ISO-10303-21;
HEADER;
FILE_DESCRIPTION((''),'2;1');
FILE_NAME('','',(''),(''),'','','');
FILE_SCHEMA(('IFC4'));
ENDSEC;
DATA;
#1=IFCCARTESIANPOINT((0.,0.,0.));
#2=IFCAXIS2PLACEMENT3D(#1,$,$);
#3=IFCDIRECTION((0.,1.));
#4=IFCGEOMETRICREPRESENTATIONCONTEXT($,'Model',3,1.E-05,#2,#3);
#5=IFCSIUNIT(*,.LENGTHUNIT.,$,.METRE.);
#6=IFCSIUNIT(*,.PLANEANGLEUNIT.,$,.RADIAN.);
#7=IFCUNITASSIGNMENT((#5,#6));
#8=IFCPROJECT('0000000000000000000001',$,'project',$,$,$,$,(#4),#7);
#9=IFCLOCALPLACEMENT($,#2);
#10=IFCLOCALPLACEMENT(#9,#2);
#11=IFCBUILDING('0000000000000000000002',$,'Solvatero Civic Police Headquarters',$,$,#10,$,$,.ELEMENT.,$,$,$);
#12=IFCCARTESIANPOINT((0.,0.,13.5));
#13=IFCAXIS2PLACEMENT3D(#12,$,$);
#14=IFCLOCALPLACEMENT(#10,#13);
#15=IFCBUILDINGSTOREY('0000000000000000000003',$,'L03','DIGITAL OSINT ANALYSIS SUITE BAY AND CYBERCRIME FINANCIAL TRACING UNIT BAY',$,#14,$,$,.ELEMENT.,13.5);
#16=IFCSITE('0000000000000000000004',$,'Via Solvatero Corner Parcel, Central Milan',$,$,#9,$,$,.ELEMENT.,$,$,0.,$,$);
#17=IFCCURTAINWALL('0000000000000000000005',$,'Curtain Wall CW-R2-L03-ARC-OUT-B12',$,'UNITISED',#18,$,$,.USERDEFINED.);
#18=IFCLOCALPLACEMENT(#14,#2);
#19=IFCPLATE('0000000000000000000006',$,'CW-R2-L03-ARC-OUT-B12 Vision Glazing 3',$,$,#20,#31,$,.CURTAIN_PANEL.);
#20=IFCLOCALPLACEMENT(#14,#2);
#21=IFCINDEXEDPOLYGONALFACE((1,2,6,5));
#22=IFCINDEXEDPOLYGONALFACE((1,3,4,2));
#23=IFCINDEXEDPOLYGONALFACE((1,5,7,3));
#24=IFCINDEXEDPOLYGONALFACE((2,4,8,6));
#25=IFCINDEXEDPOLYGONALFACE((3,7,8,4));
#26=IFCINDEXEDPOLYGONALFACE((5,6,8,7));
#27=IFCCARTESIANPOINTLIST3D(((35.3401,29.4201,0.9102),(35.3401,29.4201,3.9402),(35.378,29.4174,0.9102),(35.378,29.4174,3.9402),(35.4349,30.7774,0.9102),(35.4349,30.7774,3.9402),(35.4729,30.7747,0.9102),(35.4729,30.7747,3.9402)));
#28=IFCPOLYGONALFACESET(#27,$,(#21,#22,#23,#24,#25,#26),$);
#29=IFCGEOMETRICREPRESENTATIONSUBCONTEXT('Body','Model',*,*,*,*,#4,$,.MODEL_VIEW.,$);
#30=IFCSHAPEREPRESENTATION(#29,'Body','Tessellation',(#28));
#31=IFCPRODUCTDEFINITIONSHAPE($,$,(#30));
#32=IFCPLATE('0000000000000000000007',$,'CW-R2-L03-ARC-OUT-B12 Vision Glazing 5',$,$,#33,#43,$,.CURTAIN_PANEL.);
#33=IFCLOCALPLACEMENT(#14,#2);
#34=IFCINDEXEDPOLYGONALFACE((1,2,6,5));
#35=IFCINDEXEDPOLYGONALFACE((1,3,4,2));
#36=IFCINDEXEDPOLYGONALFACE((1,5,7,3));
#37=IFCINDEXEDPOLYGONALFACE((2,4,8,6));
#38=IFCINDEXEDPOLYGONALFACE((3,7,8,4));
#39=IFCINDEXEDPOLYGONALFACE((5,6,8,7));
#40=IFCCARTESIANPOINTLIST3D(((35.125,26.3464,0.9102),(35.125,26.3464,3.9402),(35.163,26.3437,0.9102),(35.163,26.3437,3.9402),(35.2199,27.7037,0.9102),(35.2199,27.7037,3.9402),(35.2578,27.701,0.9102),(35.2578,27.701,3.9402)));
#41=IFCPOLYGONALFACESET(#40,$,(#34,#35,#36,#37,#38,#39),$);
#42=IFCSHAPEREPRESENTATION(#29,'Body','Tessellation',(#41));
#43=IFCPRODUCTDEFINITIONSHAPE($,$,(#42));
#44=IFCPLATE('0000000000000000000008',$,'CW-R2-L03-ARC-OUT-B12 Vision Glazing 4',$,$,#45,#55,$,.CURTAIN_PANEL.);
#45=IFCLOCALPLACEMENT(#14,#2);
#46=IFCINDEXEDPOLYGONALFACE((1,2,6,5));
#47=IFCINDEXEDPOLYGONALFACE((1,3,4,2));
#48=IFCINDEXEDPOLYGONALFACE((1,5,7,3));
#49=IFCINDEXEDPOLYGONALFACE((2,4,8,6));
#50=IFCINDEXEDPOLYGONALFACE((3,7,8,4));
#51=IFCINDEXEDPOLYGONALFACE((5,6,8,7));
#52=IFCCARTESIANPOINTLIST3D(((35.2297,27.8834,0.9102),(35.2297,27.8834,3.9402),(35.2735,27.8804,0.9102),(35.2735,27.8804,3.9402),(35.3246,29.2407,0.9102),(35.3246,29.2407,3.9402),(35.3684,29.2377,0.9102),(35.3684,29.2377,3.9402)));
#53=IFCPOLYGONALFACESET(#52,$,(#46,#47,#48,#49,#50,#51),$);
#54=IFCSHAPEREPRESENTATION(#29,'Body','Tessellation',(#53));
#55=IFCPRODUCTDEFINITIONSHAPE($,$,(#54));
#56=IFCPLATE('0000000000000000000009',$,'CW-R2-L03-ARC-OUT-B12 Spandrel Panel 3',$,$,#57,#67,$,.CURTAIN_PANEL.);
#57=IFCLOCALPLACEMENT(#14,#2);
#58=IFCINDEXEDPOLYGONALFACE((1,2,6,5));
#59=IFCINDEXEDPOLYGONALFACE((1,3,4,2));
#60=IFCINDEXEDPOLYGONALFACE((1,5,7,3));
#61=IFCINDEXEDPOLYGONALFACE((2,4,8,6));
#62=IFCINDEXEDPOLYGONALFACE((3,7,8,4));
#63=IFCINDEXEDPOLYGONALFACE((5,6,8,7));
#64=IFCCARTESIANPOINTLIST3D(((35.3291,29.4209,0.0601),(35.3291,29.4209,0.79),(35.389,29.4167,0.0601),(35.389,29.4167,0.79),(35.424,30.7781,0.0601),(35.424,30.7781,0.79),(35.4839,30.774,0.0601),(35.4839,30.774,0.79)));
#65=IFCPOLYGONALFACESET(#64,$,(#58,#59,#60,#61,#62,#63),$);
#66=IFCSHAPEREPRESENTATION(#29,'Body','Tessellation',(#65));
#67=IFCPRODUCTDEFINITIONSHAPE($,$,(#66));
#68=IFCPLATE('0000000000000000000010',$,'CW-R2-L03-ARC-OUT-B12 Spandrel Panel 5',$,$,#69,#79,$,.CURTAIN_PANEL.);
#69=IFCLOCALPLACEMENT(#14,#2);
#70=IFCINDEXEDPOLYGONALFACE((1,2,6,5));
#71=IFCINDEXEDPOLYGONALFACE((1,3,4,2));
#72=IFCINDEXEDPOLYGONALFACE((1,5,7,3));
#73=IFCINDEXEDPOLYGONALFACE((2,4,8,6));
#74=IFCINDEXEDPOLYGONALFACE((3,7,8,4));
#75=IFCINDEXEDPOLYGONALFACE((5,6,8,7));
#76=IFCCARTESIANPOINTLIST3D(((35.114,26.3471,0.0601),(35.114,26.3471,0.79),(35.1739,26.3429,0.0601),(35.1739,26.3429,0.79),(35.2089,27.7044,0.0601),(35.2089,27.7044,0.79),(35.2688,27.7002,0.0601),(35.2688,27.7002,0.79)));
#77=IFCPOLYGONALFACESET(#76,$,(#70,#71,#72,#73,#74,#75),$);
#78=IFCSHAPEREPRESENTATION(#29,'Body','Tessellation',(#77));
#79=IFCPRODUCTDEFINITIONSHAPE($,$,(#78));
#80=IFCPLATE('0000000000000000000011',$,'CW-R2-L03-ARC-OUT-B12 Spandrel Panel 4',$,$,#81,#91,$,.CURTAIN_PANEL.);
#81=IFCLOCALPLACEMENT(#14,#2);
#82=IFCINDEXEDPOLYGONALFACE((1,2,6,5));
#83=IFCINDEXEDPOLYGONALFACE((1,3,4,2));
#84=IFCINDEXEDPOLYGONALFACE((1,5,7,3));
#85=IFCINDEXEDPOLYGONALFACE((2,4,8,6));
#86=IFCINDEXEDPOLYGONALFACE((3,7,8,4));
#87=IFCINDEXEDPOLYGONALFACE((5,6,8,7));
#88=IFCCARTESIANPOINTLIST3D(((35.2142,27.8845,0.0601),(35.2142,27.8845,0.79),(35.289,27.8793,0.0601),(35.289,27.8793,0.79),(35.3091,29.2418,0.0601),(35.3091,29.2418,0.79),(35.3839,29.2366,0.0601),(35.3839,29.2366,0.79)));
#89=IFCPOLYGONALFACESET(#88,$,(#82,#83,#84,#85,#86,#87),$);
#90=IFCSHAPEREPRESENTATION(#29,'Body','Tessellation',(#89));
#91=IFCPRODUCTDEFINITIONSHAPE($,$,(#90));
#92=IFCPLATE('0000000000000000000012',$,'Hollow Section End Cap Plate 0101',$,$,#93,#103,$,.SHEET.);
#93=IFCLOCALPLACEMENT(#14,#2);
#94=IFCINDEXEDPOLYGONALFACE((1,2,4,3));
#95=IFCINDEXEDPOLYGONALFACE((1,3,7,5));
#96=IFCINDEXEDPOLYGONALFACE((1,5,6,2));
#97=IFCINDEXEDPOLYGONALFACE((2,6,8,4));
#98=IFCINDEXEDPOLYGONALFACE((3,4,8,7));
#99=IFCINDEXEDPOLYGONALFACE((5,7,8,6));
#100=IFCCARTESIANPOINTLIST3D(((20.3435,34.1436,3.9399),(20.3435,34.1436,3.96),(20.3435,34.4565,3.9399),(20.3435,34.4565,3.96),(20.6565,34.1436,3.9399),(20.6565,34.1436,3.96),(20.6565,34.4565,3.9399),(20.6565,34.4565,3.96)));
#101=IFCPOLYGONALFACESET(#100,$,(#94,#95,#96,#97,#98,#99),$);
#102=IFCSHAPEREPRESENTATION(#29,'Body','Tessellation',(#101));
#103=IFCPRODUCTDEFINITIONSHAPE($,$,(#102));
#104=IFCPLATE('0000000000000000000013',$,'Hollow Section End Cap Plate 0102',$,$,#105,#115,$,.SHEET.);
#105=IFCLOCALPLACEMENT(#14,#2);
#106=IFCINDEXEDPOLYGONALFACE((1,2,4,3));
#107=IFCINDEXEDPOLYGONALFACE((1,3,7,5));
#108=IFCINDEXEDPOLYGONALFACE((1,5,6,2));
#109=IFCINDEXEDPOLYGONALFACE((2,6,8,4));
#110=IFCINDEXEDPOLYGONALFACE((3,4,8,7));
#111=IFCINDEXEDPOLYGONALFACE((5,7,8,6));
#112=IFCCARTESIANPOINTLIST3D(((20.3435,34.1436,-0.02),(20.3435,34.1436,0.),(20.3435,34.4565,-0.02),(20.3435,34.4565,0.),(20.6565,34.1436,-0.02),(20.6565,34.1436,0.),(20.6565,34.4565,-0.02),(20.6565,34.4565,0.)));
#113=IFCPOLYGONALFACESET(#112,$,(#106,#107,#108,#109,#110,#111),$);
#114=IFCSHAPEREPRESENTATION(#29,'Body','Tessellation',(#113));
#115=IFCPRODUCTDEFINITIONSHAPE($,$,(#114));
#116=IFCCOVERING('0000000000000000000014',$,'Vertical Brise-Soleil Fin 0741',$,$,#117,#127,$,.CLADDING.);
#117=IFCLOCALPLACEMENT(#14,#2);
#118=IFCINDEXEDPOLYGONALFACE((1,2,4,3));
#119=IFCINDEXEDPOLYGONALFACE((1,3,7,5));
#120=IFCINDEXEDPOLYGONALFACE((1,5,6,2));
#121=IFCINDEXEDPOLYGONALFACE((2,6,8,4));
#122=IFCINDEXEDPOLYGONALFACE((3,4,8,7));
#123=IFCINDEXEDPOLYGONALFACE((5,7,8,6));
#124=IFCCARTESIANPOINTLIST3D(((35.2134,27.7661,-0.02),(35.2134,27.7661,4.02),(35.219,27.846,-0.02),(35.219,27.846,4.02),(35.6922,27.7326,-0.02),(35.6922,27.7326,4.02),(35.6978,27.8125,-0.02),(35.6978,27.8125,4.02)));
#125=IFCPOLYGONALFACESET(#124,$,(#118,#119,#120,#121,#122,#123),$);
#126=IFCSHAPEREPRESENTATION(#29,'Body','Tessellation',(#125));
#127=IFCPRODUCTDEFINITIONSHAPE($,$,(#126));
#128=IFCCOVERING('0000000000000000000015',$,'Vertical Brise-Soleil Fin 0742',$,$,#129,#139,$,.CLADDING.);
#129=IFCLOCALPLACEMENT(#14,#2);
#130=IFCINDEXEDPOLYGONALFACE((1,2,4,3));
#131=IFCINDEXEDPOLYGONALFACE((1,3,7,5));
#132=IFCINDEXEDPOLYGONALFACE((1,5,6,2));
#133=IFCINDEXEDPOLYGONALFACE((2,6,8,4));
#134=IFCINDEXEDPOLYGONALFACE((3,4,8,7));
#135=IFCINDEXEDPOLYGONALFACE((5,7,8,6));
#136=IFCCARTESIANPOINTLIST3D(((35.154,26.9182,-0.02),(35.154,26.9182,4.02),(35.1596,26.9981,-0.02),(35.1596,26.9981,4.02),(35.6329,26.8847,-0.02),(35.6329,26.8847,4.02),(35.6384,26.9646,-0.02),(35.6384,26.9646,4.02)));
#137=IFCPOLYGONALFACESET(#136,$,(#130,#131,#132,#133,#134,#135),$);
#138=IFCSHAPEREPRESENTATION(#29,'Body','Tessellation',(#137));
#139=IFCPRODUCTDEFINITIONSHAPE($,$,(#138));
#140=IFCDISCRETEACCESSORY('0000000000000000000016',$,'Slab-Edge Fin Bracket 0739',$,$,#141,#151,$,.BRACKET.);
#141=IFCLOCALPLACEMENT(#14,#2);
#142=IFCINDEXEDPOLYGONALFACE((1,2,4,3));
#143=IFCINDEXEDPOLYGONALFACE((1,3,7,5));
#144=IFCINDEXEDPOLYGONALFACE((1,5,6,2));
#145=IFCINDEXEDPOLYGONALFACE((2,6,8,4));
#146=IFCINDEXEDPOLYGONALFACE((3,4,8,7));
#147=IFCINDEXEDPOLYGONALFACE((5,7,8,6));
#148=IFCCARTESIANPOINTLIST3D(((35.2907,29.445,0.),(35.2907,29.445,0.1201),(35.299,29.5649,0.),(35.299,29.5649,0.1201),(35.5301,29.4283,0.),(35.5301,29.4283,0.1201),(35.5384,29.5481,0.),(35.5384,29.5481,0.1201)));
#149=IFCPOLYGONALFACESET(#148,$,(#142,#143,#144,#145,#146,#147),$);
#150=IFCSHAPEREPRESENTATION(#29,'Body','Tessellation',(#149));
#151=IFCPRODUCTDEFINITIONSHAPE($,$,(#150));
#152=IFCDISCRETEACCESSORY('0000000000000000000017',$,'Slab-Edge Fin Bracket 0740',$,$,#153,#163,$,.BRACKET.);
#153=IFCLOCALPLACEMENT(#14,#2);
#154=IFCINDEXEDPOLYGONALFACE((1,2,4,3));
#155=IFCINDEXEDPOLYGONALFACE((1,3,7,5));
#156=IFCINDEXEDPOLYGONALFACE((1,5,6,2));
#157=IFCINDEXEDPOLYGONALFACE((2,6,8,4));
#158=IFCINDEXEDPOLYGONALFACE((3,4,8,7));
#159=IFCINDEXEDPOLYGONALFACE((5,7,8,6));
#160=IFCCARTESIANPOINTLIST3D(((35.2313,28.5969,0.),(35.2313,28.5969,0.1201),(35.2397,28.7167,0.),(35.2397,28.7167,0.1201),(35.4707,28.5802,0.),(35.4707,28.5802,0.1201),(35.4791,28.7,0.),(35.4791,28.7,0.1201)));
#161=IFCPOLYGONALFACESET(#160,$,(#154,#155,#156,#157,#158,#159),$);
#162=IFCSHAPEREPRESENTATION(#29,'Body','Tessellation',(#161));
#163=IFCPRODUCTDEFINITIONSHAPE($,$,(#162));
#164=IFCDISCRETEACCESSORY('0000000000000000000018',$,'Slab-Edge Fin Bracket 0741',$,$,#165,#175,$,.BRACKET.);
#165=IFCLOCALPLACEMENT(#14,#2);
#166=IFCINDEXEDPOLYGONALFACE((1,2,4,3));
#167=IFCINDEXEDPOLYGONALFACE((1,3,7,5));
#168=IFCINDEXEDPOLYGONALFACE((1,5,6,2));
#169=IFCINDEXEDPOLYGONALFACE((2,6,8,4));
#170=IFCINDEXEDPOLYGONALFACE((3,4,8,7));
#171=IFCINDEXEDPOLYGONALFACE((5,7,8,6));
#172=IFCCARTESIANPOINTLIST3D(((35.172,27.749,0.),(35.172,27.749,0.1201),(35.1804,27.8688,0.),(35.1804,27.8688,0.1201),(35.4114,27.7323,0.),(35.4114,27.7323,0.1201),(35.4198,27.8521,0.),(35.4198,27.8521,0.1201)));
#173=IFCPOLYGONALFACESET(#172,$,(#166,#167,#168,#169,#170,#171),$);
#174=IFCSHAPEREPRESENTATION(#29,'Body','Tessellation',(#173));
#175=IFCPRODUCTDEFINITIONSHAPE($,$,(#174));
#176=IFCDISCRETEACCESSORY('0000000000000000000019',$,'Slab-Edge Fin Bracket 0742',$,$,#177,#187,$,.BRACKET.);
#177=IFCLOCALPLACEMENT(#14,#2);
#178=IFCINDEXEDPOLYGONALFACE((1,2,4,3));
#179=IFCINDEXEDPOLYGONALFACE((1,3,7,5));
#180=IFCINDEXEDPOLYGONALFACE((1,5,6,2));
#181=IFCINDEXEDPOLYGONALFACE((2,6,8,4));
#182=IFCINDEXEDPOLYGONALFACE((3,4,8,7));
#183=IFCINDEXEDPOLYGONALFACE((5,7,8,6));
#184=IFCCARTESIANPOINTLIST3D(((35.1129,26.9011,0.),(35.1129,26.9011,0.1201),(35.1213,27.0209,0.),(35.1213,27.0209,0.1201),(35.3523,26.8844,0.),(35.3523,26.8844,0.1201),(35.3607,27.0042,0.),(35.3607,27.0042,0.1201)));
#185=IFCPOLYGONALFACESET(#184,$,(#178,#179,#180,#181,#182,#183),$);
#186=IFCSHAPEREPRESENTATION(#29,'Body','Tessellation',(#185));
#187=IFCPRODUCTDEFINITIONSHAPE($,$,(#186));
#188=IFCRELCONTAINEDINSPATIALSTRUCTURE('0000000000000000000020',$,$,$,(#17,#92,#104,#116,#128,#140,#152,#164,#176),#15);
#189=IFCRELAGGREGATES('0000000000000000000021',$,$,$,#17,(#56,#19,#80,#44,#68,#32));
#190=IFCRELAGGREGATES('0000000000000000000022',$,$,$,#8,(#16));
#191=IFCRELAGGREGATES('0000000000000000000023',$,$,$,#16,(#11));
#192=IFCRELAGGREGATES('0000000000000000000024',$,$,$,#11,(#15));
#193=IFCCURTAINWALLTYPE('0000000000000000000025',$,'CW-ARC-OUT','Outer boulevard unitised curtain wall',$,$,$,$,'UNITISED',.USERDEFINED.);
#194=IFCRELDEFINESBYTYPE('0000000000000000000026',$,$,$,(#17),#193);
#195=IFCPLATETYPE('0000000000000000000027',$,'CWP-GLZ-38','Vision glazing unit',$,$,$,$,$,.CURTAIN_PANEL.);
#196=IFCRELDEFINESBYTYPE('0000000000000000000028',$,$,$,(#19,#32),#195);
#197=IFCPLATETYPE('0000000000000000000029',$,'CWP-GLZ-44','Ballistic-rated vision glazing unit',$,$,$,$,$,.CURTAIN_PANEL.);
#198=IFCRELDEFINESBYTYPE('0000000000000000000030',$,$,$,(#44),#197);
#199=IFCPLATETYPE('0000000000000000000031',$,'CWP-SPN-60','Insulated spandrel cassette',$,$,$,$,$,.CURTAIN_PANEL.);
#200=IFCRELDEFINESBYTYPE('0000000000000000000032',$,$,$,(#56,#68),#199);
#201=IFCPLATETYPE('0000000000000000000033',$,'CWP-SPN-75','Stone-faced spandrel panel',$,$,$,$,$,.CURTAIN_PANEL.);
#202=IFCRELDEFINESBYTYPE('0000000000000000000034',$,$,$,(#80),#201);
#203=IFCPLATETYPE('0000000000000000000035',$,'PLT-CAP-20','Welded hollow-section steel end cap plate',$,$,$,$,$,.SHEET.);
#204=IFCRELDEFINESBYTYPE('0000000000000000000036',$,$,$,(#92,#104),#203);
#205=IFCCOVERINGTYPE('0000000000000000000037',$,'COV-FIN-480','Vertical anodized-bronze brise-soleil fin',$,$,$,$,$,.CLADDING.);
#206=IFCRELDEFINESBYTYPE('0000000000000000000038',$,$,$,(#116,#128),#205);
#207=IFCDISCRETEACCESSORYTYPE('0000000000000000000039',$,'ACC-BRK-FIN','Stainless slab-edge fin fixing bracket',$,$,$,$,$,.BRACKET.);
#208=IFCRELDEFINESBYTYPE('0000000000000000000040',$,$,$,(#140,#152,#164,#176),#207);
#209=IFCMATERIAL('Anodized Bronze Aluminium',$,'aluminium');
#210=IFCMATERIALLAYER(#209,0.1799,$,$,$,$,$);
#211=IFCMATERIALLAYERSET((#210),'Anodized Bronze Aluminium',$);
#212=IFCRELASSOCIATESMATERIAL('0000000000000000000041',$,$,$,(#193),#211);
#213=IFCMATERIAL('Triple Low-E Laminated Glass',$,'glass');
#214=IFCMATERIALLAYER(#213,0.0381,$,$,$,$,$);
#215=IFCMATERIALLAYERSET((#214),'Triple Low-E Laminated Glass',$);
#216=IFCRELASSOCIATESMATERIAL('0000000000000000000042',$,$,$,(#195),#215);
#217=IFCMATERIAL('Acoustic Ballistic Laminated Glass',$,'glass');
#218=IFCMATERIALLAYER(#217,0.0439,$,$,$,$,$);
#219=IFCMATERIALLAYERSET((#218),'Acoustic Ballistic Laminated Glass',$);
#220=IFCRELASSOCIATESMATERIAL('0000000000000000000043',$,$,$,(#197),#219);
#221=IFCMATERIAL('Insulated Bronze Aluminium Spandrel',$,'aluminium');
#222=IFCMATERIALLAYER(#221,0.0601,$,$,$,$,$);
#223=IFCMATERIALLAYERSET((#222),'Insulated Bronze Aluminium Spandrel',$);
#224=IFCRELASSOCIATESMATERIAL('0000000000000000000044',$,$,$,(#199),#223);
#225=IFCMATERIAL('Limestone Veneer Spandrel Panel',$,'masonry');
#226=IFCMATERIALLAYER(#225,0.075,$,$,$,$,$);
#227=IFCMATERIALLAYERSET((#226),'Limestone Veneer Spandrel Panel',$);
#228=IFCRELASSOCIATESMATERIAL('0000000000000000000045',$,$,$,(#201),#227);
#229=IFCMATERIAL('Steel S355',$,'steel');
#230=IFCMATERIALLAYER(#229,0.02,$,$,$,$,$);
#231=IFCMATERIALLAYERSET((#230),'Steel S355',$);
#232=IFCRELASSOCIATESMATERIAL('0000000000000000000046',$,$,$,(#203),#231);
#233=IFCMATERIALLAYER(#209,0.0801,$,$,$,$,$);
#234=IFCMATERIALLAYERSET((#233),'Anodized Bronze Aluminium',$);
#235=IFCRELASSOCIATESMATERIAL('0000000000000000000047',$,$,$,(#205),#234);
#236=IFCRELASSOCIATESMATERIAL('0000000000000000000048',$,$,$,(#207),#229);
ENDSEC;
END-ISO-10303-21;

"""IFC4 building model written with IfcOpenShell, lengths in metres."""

from ifc_helpers import new_model, si_unit, direction, frame, origin, origin_2d, place, context, subcontext, project, spatial, rectangle, extrude, material, layer, layer_set, type_object, element, aggregate, save


model = new_model("IFC4")

# Units and contexts
model_context = context("Model", 3, precision=1e-05, world=origin(), true_north=direction((0.0, 1.0)))
body_context = subcontext(model_context, "Body", "Model", "MODEL_VIEW")
ifc_project = project(units=[si_unit("LENGTHUNIT", "METRE"), si_unit("PLANEANGLEUNIT", "RADIAN")], contexts=[model_context])

# Site, building, storey
site_placement = place(None, origin())
site = spatial("IfcSite", under=ifc_project, at=site_placement, Name="Via Solvatero Corner Parcel, Central Milan", CompositionType="ELEMENT", RefElevation=0.0)
building_placement = place(site_placement, origin())
building = spatial("IfcBuilding", under=site, at=building_placement, Name="Solvatero Civic Police Headquarters", CompositionType="ELEMENT")
storey_placement = place(building_placement, frame((0.0, 0.0, 13.5)))
storey = spatial("IfcBuildingStorey", under=building, at=storey_placement, Name="L03", Description="DIGITAL OSINT ANALYSIS SUITE BAY AND CYBERCRIME FINANCIAL TRACING UNIT BAY", CompositionType="ELEMENT", Elevation=13.5)

# Shared definitions
ifc_material_1 = material(Name="Steel S355", Category="steel")

# Curtain wall, plates
ifc_material_2 = material(Name="Anodized Bronze Aluminium", Category="aluminium")
ifc_layer_1 = layer(ifc_material_2, 0.1799)
ifc_layer_set_1 = layer_set([ifc_layer_1], Name="Anodized Bronze Aluminium")
curtain_wall_type = type_object("IfcCurtainWallType", Name="CW-ARC-OUT", Description="Outer boulevard unitised curtain wall", ElementType="UNITISED", PredefinedType="USERDEFINED", material=ifc_layer_set_1)
curtain_wall_placement = place(storey_placement, origin())
curtain_wall = element("IfcCurtainWall", 1, at=curtain_wall_placement, inside=storey, type_object=curtain_wall_type, Name="Curtain Wall CW-R2-L03-ARC-OUT-B12", ObjectType="UNITISED", PredefinedType="USERDEFINED")
ifc_material_3 = material(Name="Triple Low-E Laminated Glass", Category="glass")
ifc_layer_2 = layer(ifc_material_3, 0.0381)
ifc_layer_set_2 = layer_set([ifc_layer_2], Name="Triple Low-E Laminated Glass")
plate_type_1 = type_object("IfcPlateType", Name="CWP-GLZ-38", Description="Vision glazing unit", PredefinedType="CURTAIN_PANEL", material=ifc_layer_set_2)
plate_1_placement = place(storey_placement, frame((35.4065, 30.0974, 0.9102), z_axis=(0.0, 0.0, 1.0), x_axis=(-0.069739, -0.997565, 0.0)))
plate_1 = element("IfcPlate", 2, at=plate_1_placement, type_object=plate_type_1, Name="CW-R2-L03-ARC-OUT-B12 Vision Glazing 3", PredefinedType="CURTAIN_PANEL", context=body_context, shape_type="SweptSolid", body=[
    extrude(rectangle(XDim=1.3606, YDim=0.0381, at=origin_2d()), origin(), (0.0, 0.0, 1.0), 3.03),
])
plate_2_placement = place(storey_placement, frame((35.1914, 27.0237, 0.9102), z_axis=(0.0, 0.0, 1.0), x_axis=(-0.069739, -0.997565, 0.0)))
plate_2 = element("IfcPlate", 3, at=plate_2_placement, type_object=plate_type_1, Name="CW-R2-L03-ARC-OUT-B12 Vision Glazing 5", PredefinedType="CURTAIN_PANEL", context=body_context, shape_type="SweptSolid", body=[
    extrude(rectangle(XDim=1.3606, YDim=0.0381, at=origin_2d()), origin(), (0.0, 0.0, 1.0), 3.03),
])
ifc_material_4 = material(Name="Acoustic Ballistic Laminated Glass", Category="glass")
ifc_layer_3 = layer(ifc_material_4, 0.0439)
ifc_layer_set_3 = layer_set([ifc_layer_3], Name="Acoustic Ballistic Laminated Glass")
plate_type_2 = type_object("IfcPlateType", Name="CWP-GLZ-44", Description="Ballistic-rated vision glazing unit", PredefinedType="CURTAIN_PANEL", material=ifc_layer_set_3)
plate_3_placement = place(storey_placement, frame((35.2991, 28.5605, 0.9102), z_axis=(0.0, 0.0, 1.0), x_axis=(-0.069739, -0.997565, 0.0)))
plate_3 = element("IfcPlate", 4, at=plate_3_placement, type_object=plate_type_2, Name="CW-R2-L03-ARC-OUT-B12 Vision Glazing 4", PredefinedType="CURTAIN_PANEL", context=body_context, shape_type="SweptSolid", body=[
    extrude(rectangle(XDim=1.3606, YDim=0.0439, at=origin_2d()), origin(), (0.0, 0.0, 1.0), 3.03),
])
ifc_material_5 = material(Name="Insulated Bronze Aluminium Spandrel", Category="aluminium")
ifc_layer_4 = layer(ifc_material_5, 0.0601)
ifc_layer_set_4 = layer_set([ifc_layer_4], Name="Insulated Bronze Aluminium Spandrel")
plate_type_3 = type_object("IfcPlateType", Name="CWP-SPN-60", Description="Insulated spandrel cassette", PredefinedType="CURTAIN_PANEL", material=ifc_layer_set_4)
plate_4_placement = place(storey_placement, frame((35.4065, 30.0974, 0.0601), z_axis=(0.0, 0.0, 1.0), x_axis=(-0.069739, -0.997565, 0.0)))
plate_4 = element("IfcPlate", 5, at=plate_4_placement, type_object=plate_type_3, Name="CW-R2-L03-ARC-OUT-B12 Spandrel Panel 3", PredefinedType="CURTAIN_PANEL", context=body_context, shape_type="SweptSolid", body=[
    extrude(rectangle(XDim=1.3606, YDim=0.0601, at=origin_2d()), origin(), (0.0, 0.0, 1.0), 0.73),
])
plate_5_placement = place(storey_placement, frame((35.1914, 27.0237, 0.0601), z_axis=(0.0, 0.0, 1.0), x_axis=(-0.069739, -0.997565, 0.0)))
plate_5 = element("IfcPlate", 6, at=plate_5_placement, type_object=plate_type_3, Name="CW-R2-L03-ARC-OUT-B12 Spandrel Panel 5", PredefinedType="CURTAIN_PANEL", context=body_context, shape_type="SweptSolid", body=[
    extrude(rectangle(XDim=1.3606, YDim=0.0601, at=origin_2d()), origin(), (0.0, 0.0, 1.0), 0.73),
])
ifc_material_6 = material(Name="Limestone Veneer Spandrel Panel", Category="masonry")
ifc_layer_5 = layer(ifc_material_6, 0.075)
ifc_layer_set_5 = layer_set([ifc_layer_5], Name="Limestone Veneer Spandrel Panel")
plate_type_4 = type_object("IfcPlateType", Name="CWP-SPN-75", Description="Stone-faced spandrel panel", PredefinedType="CURTAIN_PANEL", material=ifc_layer_set_5)
plate_6_placement = place(storey_placement, frame((35.2991, 28.5605, 0.0601), z_axis=(0.0, 0.0, 1.0), x_axis=(-0.069739, -0.997565, 0.0)))
plate_6 = element("IfcPlate", 7, at=plate_6_placement, type_object=plate_type_4, Name="CW-R2-L03-ARC-OUT-B12 Spandrel Panel 4", PredefinedType="CURTAIN_PANEL", context=body_context, shape_type="SweptSolid", body=[
    extrude(rectangle(XDim=1.3606, YDim=0.075, at=origin_2d()), origin(), (0.0, 0.0, 1.0), 0.73),
])
aggregate(curtain_wall, [plate_4, plate_1, plate_6, plate_3, plate_5, plate_2])

# Plates
ifc_layer_6 = layer(ifc_material_1, 0.02)
ifc_layer_set_6 = layer_set([ifc_layer_6], Name="Steel S355")
plate_type_5 = type_object("IfcPlateType", Name="PLT-CAP-20", Description="Welded hollow-section steel end cap plate", PredefinedType="SHEET", material=ifc_layer_set_6)
for number, where, z_axis, x_axis, name in (
    (8, (20.5, 34.3, 3.9399), (0.0, 0.0, 1.0), (1.0, 0.0, 0.0), "Hollow Section End Cap Plate 0101"),
    (9, (20.5, 34.3, -0.02), (0.0, 0.0, 1.0), (1.0, 0.0, 0.0), "Hollow Section End Cap Plate 0102"),
):
    element("IfcPlate", number, at=place(storey_placement, frame(where, z_axis=z_axis, x_axis=x_axis)), inside=storey, type_object=plate_type_5, Name=name, PredefinedType="SHEET", context=body_context, shape_type="SweptSolid", body=[
        extrude(rectangle(XDim=0.313, YDim=0.313, at=origin_2d()), origin(), (0.0, 0.0, 1.0), 0.02),
    ])

# Coverings
ifc_layer_7 = layer(ifc_material_2, 0.0801)
ifc_layer_set_7 = layer_set([ifc_layer_7], Name="Anodized Bronze Aluminium")
covering_type = type_object("IfcCoveringType", Name="COV-FIN-480", Description="Vertical anodized-bronze brise-soleil fin", PredefinedType="CLADDING", material=ifc_layer_set_7)
for number, where, z_axis, x_axis, name in (
    (10, (35.4556, 27.7893, -0.02), (0.0, 0.0, 1.0), (-0.069739, -0.997565, 0.0), "Vertical Brise-Soleil Fin 0741"),
    (11, (35.3962, 26.9414, -0.02), (0.0, 0.0, 1.0), (-0.069739, -0.997565, 0.0), "Vertical Brise-Soleil Fin 0742"),
):
    element("IfcCovering", number, at=place(storey_placement, frame(where, z_axis=z_axis, x_axis=x_axis)), inside=storey, type_object=covering_type, Name=name, PredefinedType="CLADDING", context=body_context, shape_type="SweptSolid", body=[
        extrude(rectangle(XDim=0.0801, YDim=0.48, at=origin_2d()), origin(), (0.0, 0.0, 1.0), 4.04),
    ])

# Discrete accessories
discrete_accessory_type = type_object("IfcDiscreteAccessoryType", Name="ACC-BRK-FIN", Description="Stainless slab-edge fin fixing bracket", PredefinedType="BRACKET", material=ifc_material_1)
for number, where, z_axis, x_axis, name in (
    (12, (35.4146, 29.4966, 0.0), (0.0, 0.0, 1.0), (-0.069739, -0.997565, 0.0), "Slab-Edge Fin Bracket 0739"),
    (13, (35.3552, 28.6484, 0.0), (0.0, 0.0, 1.0), (-0.069739, -0.997565, 0.0), "Slab-Edge Fin Bracket 0740"),
    (14, (35.2959, 27.8005, 0.0), (0.0, 0.0, 1.0), (-0.069739, -0.997565, 0.0), "Slab-Edge Fin Bracket 0741"),
    (15, (35.2368, 26.9526, 0.0), (0.0, 0.0, 1.0), (-0.069739, -0.997565, 0.0), "Slab-Edge Fin Bracket 0742"),
):
    element("IfcDiscreteAccessory", number, at=place(storey_placement, frame(where, z_axis=z_axis, x_axis=x_axis)), inside=storey, type_object=discrete_accessory_type, Name=name, PredefinedType="BRACKET", context=body_context, shape_type="SweptSolid", body=[
        extrude(rectangle(XDim=0.1201, YDim=0.24, at=origin_2d()), origin(), (0.0, 0.0, 1.0), 0.1201),
    ])

save(model, "model.ifc")
